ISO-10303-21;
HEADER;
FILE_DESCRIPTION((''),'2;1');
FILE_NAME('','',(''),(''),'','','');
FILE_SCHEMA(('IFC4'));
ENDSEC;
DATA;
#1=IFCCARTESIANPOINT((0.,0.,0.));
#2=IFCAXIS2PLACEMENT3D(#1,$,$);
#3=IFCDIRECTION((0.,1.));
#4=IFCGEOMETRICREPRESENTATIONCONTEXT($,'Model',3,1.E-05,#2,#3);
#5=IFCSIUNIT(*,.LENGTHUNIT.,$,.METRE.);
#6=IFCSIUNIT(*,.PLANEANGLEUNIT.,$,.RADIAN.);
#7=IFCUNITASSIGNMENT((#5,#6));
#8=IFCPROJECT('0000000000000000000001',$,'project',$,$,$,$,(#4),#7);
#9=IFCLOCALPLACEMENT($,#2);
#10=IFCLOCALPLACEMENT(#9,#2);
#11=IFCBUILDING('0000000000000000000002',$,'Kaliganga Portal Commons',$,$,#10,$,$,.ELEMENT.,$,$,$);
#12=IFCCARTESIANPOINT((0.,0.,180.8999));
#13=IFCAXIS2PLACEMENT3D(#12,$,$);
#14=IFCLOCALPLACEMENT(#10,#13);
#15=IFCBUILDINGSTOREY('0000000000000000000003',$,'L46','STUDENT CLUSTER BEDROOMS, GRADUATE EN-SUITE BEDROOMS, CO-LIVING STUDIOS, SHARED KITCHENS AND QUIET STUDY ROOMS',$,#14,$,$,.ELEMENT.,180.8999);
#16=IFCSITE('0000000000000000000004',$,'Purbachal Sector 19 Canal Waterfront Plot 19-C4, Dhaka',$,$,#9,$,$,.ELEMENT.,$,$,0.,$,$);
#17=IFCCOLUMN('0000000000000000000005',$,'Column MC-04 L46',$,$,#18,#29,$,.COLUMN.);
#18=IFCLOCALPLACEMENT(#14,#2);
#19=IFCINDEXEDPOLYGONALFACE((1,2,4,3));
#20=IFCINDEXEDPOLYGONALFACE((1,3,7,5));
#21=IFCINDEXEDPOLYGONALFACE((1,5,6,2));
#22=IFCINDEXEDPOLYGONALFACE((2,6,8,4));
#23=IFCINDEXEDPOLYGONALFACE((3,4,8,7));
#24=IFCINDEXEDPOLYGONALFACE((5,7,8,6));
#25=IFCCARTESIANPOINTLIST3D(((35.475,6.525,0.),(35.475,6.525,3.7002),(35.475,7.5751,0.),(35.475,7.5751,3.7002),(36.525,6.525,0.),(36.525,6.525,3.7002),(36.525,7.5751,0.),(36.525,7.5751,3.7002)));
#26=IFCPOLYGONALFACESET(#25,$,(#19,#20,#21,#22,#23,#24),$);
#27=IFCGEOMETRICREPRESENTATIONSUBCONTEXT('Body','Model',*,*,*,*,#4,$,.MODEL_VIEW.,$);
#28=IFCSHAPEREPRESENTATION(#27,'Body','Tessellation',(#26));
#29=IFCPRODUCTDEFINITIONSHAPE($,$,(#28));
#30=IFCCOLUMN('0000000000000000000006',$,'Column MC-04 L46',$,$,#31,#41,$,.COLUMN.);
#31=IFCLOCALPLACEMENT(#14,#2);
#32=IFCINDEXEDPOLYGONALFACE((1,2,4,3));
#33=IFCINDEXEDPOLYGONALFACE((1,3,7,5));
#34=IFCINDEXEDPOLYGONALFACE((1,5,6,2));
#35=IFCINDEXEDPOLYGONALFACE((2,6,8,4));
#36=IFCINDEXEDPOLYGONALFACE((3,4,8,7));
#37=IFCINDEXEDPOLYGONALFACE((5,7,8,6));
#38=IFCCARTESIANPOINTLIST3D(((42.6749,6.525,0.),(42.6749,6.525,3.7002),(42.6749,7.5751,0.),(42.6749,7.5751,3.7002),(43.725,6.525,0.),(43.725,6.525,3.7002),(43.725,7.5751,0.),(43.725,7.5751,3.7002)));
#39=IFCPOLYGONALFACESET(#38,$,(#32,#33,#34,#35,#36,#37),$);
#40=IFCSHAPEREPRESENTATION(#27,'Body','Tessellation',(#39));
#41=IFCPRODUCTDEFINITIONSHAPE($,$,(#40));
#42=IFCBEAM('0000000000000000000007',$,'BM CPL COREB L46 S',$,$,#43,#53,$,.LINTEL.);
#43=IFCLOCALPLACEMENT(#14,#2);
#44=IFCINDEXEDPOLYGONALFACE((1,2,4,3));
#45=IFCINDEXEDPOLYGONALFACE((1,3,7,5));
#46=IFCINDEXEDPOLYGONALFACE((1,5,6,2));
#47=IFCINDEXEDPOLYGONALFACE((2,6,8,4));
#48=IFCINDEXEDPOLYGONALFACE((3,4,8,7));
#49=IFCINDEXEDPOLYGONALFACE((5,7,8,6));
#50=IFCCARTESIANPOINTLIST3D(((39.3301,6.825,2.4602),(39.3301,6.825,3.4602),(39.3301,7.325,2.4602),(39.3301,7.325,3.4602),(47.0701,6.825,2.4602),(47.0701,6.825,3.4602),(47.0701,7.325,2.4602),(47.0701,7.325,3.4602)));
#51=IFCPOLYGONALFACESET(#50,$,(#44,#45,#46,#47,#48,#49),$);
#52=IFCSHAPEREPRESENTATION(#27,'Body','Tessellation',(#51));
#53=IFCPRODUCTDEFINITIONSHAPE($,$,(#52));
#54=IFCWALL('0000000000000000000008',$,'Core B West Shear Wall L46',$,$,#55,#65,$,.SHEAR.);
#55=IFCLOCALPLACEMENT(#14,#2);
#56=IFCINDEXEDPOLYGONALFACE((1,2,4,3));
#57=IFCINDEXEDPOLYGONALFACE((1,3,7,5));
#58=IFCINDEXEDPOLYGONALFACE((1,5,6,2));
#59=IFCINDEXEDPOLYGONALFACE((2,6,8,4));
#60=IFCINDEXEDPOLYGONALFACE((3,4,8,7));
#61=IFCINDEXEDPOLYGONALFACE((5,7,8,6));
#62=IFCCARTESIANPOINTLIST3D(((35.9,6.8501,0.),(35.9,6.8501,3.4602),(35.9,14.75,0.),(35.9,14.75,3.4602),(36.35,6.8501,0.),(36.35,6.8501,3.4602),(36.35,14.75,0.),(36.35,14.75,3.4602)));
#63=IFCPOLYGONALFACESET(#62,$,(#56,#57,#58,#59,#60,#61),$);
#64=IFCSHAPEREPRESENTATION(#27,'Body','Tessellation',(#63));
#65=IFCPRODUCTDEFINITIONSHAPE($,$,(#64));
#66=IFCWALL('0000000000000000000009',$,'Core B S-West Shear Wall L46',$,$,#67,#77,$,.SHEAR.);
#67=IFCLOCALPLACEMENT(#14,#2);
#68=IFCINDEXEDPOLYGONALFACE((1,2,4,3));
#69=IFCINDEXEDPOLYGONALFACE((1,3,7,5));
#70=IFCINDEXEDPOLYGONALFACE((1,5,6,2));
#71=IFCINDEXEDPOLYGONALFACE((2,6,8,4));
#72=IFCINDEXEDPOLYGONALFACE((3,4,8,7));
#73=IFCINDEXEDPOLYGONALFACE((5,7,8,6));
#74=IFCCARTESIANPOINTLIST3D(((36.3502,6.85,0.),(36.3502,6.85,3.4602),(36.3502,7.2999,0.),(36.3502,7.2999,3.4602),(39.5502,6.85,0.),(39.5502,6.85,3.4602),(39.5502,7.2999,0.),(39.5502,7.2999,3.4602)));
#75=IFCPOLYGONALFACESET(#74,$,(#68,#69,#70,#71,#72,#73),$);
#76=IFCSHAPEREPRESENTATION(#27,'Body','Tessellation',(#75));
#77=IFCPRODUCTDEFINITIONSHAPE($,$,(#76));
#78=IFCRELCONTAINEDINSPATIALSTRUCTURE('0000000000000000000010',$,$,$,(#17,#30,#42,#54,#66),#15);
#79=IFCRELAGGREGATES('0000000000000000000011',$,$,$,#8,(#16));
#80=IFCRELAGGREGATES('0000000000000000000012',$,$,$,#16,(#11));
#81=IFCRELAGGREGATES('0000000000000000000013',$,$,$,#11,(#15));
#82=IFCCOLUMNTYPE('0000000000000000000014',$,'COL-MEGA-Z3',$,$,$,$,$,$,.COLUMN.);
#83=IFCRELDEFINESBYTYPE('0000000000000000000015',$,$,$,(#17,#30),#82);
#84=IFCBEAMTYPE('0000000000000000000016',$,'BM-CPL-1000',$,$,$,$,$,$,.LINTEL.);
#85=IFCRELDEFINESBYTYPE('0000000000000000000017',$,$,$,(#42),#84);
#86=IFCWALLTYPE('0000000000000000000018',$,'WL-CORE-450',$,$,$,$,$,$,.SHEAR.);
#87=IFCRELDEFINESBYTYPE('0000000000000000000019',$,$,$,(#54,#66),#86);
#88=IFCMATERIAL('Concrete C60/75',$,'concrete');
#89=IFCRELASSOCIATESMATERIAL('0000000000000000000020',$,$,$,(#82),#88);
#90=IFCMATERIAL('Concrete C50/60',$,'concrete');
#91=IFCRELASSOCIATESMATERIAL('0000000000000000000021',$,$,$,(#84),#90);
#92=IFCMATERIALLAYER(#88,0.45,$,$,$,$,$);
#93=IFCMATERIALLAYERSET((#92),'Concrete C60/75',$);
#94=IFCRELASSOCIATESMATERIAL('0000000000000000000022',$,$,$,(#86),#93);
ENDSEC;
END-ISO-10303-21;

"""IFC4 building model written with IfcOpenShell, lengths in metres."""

from ifc_helpers import new_model, si_unit, direction, frame, frame_2d, origin, origin_2d, place, context, subcontext, project, spatial, rectangle, extrude, source, transform, mapped, material, layer, layer_set, material_profile, profile_set, type_object, element, save


model = new_model("IFC4")

# Units and contexts
model_context = context("Model", 3, precision=1e-05, world=origin(), true_north=direction((0.0, 1.0)))
body_context = subcontext(model_context, "Body", "Model", "MODEL_VIEW")
ifc_project = project(units=[si_unit("LENGTHUNIT", "METRE"), si_unit("PLANEANGLEUNIT", "RADIAN")], contexts=[model_context])

# Site, building, storey
site_placement = place(None, origin())
site = spatial("IfcSite", under=ifc_project, at=site_placement, Name="Purbachal Sector 19 Canal Waterfront Plot 19-C4, Dhaka", CompositionType="ELEMENT", RefElevation=0.0)
building_placement = place(site_placement, origin())
building = spatial("IfcBuilding", under=site, at=building_placement, Name="Kaliganga Portal Commons", CompositionType="ELEMENT")
storey_placement = place(building_placement, frame((0.0, 0.0, 180.8999)))
storey = spatial("IfcBuildingStorey", under=building, at=storey_placement, Name="L46", Description="STUDENT CLUSTER BEDROOMS, GRADUATE EN-SUITE BEDROOMS, CO-LIVING STUDIOS, SHARED KITCHENS AND QUIET STUDY ROOMS", CompositionType="ELEMENT", Elevation=180.8999)

# Columns
ifc_material_1 = material(Name="Concrete C60/75", Category="concrete")
ifc_material_profile_1 = material_profile(ifc_material_1, rectangle(XDim=1.05, YDim=1.05, at=origin_2d()), Name="RC 1050x1050")
ifc_profile_set_1 = profile_set([ifc_material_profile_1], Name="Concrete C60/75")
column_type = type_object("IfcColumnType", Name="COL-MEGA-Z3", PredefinedType="COLUMN", material=ifc_profile_set_1)
shared_shape_1 = source(origin(), body_context, "Body", "SweptSolid", [
    extrude(rectangle(XDim=1.05, YDim=1.05, at=origin_2d()), origin(), (0.0, 0.0, 1.0), 3.7002),
])
for number, where, z_axis, x_axis, name in (
    (1, (36.0, 7.05, 0.0), (0.0, 0.0, 1.0), (1.0, 0.0, 0.0), "Column MC-04 L46"),
    (2, (43.2, 7.05, 0.0), (0.0, 0.0, 1.0), (1.0, 0.0, 0.0), "Column MC-04 L46"),
):
    element("IfcColumn", number, at=place(storey_placement, frame(where, z_axis=z_axis, x_axis=x_axis)), inside=storey, type_object=column_type, Name=name, PredefinedType="COLUMN", context=body_context, shape_type="MappedRepresentation", body=[
        mapped(shared_shape_1, transform((0.0, 0.0, 0.0), x_axis=(1.0, 0.0, 0.0), y_axis=(0.0, 1.0, 0.0), z_axis=(0.0, 0.0, 1.0), scale=1.0)),
    ])

# Beam
ifc_material_2 = material(Name="Concrete C50/60", Category="concrete")
ifc_material_profile_2 = material_profile(ifc_material_2, rectangle(XDim=0.5, YDim=1.0, at=origin_2d()), Name="RC 500x1000")
ifc_profile_set_2 = profile_set([ifc_material_profile_2], Name="Concrete C50/60")
beam_type = type_object("IfcBeamType", Name="BM-CPL-1000", PredefinedType="LINTEL", material=ifc_profile_set_2)
shared_shape_2 = source(origin(), body_context, "Body", "SweptSolid", [
    extrude(rectangle(XDim=0.5, YDim=1.0, at=origin_2d()), origin(), (0.0, 0.0, 1.0), 7.74),
])
beam_placement = place(storey_placement, frame((39.3301, 7.075, 2.9602), z_axis=(1.0, 0.0, 0.0), x_axis=(0.0, 1.0, 0.0)))
element("IfcBeam", 3, at=beam_placement, inside=storey, type_object=beam_type, Name="BM CPL COREB L46 S", PredefinedType="LINTEL", context=body_context, shape_type="MappedRepresentation", body=[
    mapped(shared_shape_2, transform((0.0, 0.0, 0.0), x_axis=(1.0, 0.0, 0.0), y_axis=(0.0, 1.0, 0.0), z_axis=(0.0, 0.0, 1.0), scale=1.0)),
])

# Walls
ifc_layer_1 = layer(ifc_material_1, 0.45)
ifc_layer_set_1 = layer_set([ifc_layer_1], Name="Concrete C60/75")
wall_type_1 = type_object("IfcWallType", Name="WL-CORE-450", PredefinedType="SHEAR", material=ifc_layer_set_1)
wall_1_placement = place(storey_placement, frame((36.125, 6.8501, 0.0), z_axis=(0.0, 0.0, 1.0), x_axis=(0.0, 1.0, 0.0)))
element("IfcWall", 4, at=wall_1_placement, inside=storey, type_object=wall_type_1, Name="Core B West Shear Wall L46", PredefinedType="SHEAR", context=body_context, shape_type="SweptSolid", body=[
    extrude(rectangle(XDim=7.8999, YDim=0.45, at=frame_2d((3.95, 0.0))), origin(), (0.0, 0.0, 1.0), 3.4602),
])
wall_2_placement = place(storey_placement, frame((36.3501, 7.075, 0.0), z_axis=(0.0, 0.0, 1.0), x_axis=(1.0, 0.0, 0.0)))
element("IfcWall", 5, at=wall_2_placement, inside=storey, type_object=wall_type_1, Name="Core B S-West Shear Wall L46", PredefinedType="SHEAR", context=body_context, shape_type="SweptSolid", body=[
    extrude(rectangle(XDim=3.2, YDim=0.45, at=frame_2d((1.6001, 0.0))), origin(), (0.0, 0.0, 1.0), 3.4602),
])

save(model, "model.ifc")
